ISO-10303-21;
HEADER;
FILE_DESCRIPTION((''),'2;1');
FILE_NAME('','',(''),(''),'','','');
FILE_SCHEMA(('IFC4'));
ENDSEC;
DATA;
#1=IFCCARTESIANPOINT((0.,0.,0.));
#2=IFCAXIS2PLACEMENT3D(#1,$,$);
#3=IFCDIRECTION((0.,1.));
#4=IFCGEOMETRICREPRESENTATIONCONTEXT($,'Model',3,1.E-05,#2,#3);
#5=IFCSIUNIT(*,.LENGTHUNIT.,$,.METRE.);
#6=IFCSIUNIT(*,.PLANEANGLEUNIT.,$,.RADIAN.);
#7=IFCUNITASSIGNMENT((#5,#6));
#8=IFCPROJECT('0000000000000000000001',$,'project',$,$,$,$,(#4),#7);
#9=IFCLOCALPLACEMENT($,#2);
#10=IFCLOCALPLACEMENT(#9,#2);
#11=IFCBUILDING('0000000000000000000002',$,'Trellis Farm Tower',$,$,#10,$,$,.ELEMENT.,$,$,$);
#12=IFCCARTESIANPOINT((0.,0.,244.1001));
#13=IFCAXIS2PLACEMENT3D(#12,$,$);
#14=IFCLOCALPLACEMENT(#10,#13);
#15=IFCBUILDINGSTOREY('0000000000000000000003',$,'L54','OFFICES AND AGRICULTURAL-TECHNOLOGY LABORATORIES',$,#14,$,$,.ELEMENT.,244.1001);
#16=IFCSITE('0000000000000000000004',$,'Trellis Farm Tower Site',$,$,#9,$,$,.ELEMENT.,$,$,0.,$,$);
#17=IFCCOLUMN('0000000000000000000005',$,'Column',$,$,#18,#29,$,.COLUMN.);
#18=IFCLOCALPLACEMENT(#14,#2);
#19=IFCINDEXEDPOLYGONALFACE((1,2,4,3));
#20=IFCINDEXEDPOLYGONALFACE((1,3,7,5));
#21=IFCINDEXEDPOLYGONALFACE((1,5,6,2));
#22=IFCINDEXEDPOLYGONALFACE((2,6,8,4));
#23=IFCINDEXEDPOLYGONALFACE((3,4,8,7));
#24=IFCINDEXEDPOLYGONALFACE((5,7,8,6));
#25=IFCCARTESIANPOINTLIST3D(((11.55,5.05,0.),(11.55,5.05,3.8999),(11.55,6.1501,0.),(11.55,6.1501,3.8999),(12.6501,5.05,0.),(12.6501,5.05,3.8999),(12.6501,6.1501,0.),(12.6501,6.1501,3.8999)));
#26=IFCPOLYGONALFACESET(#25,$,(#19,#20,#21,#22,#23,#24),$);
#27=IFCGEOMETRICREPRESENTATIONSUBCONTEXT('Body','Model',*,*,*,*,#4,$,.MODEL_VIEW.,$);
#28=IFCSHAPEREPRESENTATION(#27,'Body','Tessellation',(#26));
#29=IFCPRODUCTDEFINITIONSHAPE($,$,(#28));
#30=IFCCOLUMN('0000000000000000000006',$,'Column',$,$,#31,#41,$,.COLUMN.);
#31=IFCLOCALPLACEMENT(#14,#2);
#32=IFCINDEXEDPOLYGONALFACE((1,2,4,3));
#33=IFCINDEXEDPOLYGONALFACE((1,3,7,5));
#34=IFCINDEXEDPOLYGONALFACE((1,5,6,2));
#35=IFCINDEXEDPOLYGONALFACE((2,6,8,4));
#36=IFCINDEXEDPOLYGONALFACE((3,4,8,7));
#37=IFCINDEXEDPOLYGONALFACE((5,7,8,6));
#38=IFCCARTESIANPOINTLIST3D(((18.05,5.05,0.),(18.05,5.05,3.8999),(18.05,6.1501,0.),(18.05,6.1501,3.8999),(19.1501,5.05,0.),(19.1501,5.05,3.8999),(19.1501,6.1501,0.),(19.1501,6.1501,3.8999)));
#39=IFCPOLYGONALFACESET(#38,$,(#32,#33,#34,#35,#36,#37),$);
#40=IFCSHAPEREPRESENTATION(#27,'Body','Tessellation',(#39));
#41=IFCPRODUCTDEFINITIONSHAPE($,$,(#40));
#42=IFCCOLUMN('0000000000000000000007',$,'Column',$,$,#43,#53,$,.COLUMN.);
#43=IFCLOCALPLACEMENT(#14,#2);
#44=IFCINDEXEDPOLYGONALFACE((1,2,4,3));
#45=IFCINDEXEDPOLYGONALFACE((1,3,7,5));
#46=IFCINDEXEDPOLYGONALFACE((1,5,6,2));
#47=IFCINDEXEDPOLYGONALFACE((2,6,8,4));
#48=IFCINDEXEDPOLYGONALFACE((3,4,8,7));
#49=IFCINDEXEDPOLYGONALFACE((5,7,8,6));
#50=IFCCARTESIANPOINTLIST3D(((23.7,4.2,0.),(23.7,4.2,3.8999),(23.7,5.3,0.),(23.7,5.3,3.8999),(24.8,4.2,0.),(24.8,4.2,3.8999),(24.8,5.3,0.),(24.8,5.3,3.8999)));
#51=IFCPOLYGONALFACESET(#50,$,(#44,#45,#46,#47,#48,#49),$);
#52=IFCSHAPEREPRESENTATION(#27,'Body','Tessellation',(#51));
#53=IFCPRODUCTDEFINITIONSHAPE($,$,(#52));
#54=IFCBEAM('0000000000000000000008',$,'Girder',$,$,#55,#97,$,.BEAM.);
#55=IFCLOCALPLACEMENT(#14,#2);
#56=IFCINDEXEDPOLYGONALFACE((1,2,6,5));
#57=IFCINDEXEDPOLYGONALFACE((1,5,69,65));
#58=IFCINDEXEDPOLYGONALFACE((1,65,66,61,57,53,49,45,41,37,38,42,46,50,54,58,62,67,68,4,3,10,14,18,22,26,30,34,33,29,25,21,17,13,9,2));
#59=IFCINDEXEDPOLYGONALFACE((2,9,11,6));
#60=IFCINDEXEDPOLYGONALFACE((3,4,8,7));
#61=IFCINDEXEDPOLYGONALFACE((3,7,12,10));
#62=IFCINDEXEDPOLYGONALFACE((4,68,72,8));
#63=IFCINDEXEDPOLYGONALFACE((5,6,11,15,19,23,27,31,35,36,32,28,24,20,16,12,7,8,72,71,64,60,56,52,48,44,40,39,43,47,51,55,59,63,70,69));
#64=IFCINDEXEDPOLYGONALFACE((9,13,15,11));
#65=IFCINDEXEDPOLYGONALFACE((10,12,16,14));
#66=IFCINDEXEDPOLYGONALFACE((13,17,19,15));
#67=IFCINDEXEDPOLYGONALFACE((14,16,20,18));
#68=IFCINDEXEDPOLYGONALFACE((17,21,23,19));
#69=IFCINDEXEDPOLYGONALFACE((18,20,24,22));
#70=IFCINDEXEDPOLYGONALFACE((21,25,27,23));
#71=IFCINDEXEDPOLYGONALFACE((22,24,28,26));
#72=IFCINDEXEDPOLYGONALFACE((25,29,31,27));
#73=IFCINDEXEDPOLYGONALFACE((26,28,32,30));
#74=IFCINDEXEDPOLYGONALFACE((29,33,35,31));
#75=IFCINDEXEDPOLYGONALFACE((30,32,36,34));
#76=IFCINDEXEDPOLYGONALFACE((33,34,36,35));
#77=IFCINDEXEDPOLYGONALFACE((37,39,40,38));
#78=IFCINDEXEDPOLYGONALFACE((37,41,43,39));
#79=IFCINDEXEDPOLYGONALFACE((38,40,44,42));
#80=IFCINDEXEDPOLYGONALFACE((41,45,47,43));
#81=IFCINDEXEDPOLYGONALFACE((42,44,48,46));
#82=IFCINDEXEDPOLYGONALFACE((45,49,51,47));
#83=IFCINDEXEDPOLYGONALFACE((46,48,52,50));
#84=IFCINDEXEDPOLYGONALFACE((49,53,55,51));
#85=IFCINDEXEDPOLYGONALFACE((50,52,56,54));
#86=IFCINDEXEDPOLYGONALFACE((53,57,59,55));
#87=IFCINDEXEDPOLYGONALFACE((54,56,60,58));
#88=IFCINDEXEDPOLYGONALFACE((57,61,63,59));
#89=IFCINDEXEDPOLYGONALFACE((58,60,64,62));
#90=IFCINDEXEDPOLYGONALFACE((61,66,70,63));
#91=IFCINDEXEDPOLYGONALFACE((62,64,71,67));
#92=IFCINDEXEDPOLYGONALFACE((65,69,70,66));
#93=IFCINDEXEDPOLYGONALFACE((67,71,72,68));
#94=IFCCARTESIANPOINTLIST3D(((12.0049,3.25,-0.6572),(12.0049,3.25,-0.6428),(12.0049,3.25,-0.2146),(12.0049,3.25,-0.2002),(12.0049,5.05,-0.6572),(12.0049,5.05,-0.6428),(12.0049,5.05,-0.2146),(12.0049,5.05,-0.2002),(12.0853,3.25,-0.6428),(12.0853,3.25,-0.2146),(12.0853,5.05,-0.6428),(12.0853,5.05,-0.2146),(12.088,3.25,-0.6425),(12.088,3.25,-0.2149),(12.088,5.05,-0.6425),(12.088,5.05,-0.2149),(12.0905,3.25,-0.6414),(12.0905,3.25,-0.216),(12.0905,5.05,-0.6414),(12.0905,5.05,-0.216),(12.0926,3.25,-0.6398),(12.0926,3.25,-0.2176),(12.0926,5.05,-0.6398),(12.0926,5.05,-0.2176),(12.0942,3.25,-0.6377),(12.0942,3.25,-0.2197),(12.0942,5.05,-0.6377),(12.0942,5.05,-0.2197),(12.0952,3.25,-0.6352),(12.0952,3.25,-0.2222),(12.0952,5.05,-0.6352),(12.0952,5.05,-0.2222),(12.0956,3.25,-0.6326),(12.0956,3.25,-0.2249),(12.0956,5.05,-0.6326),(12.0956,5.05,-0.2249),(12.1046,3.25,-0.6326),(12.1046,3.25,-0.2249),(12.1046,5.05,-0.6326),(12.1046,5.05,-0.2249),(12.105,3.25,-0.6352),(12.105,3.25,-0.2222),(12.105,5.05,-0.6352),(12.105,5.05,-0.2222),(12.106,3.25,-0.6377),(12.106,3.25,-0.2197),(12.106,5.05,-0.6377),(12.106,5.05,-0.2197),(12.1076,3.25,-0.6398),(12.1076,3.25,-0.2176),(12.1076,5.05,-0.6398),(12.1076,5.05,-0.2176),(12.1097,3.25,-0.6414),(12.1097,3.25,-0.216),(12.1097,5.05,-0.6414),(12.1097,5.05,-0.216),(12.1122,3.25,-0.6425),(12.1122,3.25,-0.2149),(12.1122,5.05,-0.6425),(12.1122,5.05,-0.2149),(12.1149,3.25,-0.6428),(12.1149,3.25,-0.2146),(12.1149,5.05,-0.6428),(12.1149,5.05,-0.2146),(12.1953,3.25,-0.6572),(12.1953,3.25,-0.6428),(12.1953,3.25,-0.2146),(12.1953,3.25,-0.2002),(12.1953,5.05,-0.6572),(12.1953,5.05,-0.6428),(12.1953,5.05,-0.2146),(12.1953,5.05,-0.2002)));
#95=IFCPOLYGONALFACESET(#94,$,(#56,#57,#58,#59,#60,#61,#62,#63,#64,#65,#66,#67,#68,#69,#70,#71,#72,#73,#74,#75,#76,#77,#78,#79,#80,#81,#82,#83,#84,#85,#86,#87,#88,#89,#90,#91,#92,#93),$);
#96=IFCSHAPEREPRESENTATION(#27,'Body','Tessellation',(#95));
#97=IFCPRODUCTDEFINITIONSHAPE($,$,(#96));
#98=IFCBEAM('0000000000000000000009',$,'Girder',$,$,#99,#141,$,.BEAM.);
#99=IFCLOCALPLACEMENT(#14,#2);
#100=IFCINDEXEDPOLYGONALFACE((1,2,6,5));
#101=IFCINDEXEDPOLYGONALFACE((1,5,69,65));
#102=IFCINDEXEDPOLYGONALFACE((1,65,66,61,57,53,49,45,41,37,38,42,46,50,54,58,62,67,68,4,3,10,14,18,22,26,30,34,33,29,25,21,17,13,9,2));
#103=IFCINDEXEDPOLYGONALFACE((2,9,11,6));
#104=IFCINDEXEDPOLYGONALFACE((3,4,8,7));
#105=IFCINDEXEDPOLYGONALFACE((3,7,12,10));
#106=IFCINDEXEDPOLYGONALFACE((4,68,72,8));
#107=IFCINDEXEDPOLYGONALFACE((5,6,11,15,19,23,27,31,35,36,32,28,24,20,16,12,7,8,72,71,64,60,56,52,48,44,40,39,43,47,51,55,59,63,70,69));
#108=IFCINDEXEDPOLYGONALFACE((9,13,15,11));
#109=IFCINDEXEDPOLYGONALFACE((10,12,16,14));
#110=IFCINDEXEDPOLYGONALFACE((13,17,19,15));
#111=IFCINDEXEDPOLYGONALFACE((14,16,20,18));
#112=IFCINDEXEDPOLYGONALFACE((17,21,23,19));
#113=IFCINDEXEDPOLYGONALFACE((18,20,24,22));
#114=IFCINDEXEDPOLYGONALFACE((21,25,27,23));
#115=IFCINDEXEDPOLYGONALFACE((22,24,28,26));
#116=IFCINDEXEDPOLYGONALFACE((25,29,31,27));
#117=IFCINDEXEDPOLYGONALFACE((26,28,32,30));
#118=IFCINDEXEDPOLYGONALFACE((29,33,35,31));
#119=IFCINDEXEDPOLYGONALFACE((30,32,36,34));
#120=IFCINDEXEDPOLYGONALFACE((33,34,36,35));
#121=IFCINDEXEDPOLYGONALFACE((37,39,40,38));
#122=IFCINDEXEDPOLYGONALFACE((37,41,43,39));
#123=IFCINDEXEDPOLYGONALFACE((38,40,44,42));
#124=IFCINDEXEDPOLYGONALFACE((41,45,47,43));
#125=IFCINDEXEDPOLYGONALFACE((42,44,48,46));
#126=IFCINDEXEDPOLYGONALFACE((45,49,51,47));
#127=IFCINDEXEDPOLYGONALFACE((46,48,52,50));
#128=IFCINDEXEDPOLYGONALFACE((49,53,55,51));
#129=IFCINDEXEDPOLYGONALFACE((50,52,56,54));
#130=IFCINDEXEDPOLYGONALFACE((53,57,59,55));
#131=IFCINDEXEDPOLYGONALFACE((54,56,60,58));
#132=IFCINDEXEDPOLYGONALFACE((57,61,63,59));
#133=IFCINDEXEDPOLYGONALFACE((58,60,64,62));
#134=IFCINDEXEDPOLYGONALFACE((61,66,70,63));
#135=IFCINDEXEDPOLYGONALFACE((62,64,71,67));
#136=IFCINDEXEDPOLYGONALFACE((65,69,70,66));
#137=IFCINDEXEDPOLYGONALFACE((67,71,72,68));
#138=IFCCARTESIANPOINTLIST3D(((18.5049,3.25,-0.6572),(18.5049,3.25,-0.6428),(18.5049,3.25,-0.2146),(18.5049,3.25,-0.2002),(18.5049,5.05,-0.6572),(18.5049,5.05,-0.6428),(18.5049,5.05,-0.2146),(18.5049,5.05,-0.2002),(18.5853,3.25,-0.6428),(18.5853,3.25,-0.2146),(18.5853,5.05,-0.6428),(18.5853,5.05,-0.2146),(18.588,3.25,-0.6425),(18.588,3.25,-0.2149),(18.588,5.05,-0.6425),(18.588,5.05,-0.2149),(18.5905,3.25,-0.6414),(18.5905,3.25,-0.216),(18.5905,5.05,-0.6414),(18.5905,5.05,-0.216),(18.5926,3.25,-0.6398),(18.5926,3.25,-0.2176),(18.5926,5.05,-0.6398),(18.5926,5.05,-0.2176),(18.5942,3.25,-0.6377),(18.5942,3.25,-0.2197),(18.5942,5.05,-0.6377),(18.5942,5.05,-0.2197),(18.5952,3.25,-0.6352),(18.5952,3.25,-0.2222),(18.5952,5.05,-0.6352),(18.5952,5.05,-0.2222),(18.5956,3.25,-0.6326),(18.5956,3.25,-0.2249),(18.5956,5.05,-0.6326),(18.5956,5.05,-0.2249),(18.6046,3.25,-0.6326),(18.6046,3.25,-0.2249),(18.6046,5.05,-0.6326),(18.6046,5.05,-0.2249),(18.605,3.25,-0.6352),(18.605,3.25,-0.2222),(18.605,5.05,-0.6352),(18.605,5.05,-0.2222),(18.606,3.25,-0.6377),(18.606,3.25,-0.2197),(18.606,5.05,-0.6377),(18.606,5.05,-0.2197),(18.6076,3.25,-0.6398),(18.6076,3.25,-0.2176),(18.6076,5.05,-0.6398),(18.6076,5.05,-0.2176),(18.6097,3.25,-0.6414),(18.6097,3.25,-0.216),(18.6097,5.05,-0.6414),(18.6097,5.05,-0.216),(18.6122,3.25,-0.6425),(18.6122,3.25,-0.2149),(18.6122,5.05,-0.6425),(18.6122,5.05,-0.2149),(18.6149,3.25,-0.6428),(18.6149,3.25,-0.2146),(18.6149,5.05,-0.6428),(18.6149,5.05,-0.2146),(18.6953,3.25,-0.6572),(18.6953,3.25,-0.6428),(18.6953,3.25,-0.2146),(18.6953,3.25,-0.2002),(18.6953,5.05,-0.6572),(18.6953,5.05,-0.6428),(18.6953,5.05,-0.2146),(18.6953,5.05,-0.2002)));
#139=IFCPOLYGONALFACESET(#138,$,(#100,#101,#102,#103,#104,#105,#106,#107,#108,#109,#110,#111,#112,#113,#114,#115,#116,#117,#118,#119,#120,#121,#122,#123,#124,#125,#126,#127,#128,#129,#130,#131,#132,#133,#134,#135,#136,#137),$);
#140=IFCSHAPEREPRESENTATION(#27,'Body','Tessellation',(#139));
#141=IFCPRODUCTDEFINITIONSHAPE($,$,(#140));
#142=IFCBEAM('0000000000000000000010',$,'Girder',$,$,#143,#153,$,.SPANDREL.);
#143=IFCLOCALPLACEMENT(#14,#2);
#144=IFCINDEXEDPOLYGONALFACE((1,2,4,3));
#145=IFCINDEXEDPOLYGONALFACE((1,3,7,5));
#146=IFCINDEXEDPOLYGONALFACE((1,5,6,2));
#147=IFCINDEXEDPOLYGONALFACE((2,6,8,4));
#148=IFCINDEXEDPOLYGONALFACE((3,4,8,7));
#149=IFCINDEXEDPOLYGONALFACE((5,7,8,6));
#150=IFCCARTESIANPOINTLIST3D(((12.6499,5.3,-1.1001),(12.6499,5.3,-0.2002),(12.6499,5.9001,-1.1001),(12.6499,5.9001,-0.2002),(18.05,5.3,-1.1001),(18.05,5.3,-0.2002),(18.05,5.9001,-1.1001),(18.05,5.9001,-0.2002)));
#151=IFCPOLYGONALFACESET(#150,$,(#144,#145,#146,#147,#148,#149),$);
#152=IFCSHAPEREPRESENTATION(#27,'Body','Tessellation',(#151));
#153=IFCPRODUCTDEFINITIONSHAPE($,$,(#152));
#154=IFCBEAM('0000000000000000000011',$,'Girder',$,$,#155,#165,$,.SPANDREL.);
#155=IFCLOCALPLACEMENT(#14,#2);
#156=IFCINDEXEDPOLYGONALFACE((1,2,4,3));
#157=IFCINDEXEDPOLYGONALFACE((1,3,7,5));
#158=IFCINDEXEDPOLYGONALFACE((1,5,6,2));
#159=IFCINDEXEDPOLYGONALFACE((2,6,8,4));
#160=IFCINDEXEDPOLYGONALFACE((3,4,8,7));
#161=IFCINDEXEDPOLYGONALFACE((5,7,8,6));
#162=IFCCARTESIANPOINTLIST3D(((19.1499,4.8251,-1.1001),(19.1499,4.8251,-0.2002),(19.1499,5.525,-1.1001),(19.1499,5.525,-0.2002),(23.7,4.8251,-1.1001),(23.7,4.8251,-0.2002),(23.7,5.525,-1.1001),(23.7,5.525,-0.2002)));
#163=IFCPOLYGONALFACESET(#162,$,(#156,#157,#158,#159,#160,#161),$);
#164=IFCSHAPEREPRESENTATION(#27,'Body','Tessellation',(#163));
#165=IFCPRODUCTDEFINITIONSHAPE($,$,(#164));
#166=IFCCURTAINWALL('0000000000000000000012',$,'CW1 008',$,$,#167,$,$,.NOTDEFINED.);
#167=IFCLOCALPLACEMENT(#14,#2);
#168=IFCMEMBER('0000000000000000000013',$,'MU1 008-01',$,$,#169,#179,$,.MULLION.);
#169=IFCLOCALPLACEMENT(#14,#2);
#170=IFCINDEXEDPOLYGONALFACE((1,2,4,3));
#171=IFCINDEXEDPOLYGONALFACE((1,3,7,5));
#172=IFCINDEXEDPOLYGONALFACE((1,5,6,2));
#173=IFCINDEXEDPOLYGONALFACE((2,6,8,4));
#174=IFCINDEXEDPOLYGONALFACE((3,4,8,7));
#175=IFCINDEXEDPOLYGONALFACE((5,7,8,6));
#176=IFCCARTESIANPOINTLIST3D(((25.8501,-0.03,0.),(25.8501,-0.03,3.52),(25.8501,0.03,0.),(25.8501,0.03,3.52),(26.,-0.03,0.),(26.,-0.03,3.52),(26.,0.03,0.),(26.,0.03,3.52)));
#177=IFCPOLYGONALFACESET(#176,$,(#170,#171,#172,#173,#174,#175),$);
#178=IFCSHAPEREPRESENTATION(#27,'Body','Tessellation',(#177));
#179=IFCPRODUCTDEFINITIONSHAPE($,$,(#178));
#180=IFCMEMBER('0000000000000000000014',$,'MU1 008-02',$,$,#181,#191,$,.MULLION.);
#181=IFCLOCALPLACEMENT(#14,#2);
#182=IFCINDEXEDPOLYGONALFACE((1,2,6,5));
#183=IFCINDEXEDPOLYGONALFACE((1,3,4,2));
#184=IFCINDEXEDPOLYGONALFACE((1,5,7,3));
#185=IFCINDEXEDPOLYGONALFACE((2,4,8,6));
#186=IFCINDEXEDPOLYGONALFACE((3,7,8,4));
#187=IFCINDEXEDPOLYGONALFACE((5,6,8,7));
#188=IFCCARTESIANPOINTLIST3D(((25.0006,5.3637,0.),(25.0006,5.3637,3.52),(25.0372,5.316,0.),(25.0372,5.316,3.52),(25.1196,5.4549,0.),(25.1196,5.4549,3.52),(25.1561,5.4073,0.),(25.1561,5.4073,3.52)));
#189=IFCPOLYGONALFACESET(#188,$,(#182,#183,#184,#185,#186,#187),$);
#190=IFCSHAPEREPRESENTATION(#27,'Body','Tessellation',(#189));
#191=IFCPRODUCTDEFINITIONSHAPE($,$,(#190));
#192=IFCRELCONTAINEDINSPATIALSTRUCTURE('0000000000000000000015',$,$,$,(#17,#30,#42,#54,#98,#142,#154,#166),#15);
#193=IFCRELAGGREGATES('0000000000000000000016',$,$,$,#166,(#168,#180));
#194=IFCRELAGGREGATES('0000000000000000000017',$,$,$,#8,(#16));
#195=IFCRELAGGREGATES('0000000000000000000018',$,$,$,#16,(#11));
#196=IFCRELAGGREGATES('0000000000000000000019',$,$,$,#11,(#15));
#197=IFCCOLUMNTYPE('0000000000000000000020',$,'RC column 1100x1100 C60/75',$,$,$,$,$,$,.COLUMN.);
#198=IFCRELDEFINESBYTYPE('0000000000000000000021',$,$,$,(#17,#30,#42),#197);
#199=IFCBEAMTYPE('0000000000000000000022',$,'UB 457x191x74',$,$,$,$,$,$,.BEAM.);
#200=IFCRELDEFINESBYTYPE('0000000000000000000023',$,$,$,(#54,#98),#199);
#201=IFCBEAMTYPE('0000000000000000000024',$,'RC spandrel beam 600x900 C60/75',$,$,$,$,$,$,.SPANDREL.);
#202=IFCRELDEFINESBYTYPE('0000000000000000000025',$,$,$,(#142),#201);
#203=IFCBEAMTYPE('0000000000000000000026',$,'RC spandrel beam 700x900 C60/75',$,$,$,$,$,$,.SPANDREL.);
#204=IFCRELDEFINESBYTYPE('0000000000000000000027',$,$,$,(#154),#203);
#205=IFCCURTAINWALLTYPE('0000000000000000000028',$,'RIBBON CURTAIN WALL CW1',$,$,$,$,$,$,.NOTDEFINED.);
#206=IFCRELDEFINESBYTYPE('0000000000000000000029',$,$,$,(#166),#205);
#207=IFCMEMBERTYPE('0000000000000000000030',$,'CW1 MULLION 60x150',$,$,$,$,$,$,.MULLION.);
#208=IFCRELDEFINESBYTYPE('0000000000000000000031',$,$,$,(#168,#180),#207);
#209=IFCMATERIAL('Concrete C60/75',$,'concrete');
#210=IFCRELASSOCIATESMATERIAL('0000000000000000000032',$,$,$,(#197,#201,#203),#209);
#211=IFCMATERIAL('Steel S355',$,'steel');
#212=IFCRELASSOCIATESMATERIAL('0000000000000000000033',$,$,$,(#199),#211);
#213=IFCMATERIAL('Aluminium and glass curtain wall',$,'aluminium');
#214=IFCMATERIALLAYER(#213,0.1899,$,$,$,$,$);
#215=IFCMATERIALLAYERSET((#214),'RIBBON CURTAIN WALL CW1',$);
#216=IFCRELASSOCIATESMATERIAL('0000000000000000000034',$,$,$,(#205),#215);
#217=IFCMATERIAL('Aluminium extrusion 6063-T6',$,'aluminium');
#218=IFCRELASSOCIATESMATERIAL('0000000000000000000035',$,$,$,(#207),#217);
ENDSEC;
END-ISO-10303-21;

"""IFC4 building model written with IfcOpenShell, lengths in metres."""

from ifc_helpers import new_model, si_unit, direction, frame, origin, origin_2d, place, context, subcontext, project, spatial, rectangle, i_section, extrude, source, transform, mapped, material, layer, layer_set, material_profile, profile_set, type_object, element, aggregate, save


model = new_model("IFC4")

# Units and contexts
model_context = context("Model", 3, precision=1e-05, world=origin(), true_north=direction((0.0, 1.0)))
body_context = subcontext(model_context, "Body", "Model", "MODEL_VIEW")
ifc_project = project(units=[si_unit("LENGTHUNIT", "METRE"), si_unit("PLANEANGLEUNIT", "RADIAN")], contexts=[model_context])

# Site, building, storey
site_placement = place(None, origin())
site = spatial("IfcSite", under=ifc_project, at=site_placement, Name="Trellis Farm Tower Site", CompositionType="ELEMENT", RefElevation=0.0)
building_placement = place(site_placement, origin())
building = spatial("IfcBuilding", under=site, at=building_placement, Name="Trellis Farm Tower", CompositionType="ELEMENT")
storey_placement = place(building_placement, frame((0.0, 0.0, 244.1001)))
storey = spatial("IfcBuildingStorey", under=building, at=storey_placement, Name="L54", Description="OFFICES AND AGRICULTURAL-TECHNOLOGY LABORATORIES", CompositionType="ELEMENT", Elevation=244.1001)

# Columns
ifc_material_1 = material(Name="Concrete C60/75", Category="concrete")
ifc_material_profile_1 = material_profile(ifc_material_1, rectangle(XDim=1.1001, YDim=1.1001, at=origin_2d()), Name="RC column 1100x1100 C60/75")
ifc_profile_set_1 = profile_set([ifc_material_profile_1], Name="Concrete C60/75")
column_type = type_object("IfcColumnType", Name="RC column 1100x1100 C60/75", PredefinedType="COLUMN", material=ifc_profile_set_1)
shared_shape_1 = source(origin(), body_context, "Body", "SweptSolid", [
    extrude(rectangle(XDim=1.1001, YDim=1.1001, at=origin_2d()), origin(), (0.0, 0.0, 1.0), 3.8999),
])
for number, where, z_axis, x_axis, name in (
    (1, (12.1001, 5.6001, 0.0), (0.0, 0.0, 1.0), (1.0, 0.0, 0.0), "Column"),
    (2, (18.6001, 5.6001, 0.0), (0.0, 0.0, 1.0), (1.0, 0.0, 0.0), "Column"),
    (3, (24.25, 4.75, 0.0), (0.0, 0.0, 1.0), (1.0, 0.0, 0.0), "Column"),
):
    element("IfcColumn", number, at=place(storey_placement, frame(where, z_axis=z_axis, x_axis=x_axis)), inside=storey, type_object=column_type, Name=name, PredefinedType="COLUMN", context=body_context, shape_type="MappedRepresentation", body=[
        mapped(shared_shape_1, transform((0.0, 0.0, 0.0))),
    ])

# Beams
ifc_material_2 = material(Name="Steel S355", Category="steel")
ifc_material_profile_2 = material_profile(ifc_material_2, i_section(OverallWidth=0.1904, OverallDepth=0.457, WebThickness=0.009, FlangeThickness=0.0144, FilletRadius=0.0103, at=origin_2d()), Name="UB 457x191x74")
ifc_profile_set_2 = profile_set([ifc_material_profile_2], Name="Steel S355")
beam_type_1 = type_object("IfcBeamType", Name="UB 457x191x74", PredefinedType="BEAM", material=ifc_profile_set_2)
shared_shape_2 = source(origin(), body_context, "Body", "SweptSolid", [
    extrude(i_section(OverallWidth=0.1904, OverallDepth=0.457, WebThickness=0.009, FlangeThickness=0.0144, FilletRadius=0.0103, at=origin_2d()), origin(), (0.0, 0.0, 1.0), 1.8),
])
for number, where, z_axis, x_axis, name in (
    (4, (12.1001, 3.25, -0.4287), (0.0, 1.0, 0.0), (-1.0, 0.0, 0.0), "Girder"),
    (5, (18.6001, 3.25, -0.4287), (0.0, 1.0, 0.0), (-1.0, 0.0, 0.0), "Girder"),
):
    element("IfcBeam", number, at=place(storey_placement, frame(where, z_axis=z_axis, x_axis=x_axis)), inside=storey, type_object=beam_type_1, Name=name, PredefinedType="BEAM", context=body_context, shape_type="MappedRepresentation", body=[
        mapped(shared_shape_2, transform((0.0, 0.0, 0.0))),
    ])
ifc_material_profile_3 = material_profile(ifc_material_1, rectangle(XDim=0.6001, YDim=0.8999, at=origin_2d()), Name="RC spandrel beam 600x900 C60/75")
ifc_profile_set_3 = profile_set([ifc_material_profile_3], Name="Concrete C60/75")
beam_type_2 = type_object("IfcBeamType", Name="RC spandrel beam 600x900 C60/75", PredefinedType="SPANDREL", material=ifc_profile_set_3)
shared_shape_3 = source(origin(), body_context, "Body", "SweptSolid", [
    extrude(rectangle(XDim=0.6001, YDim=0.8999, at=origin_2d()), origin(), (0.0, 0.0, 1.0), 5.4001),
])
beam_1_placement = place(storey_placement, frame((12.6499, 5.6001, -0.6501), z_axis=(1.0, 0.0, 0.0), x_axis=(0.0, 1.0, 0.0)))
element("IfcBeam", 6, at=beam_1_placement, inside=storey, type_object=beam_type_2, Name="Girder", PredefinedType="SPANDREL", context=body_context, shape_type="MappedRepresentation", body=[
    mapped(shared_shape_3, transform((0.0, 0.0, 0.0))),
])
ifc_material_profile_4 = material_profile(ifc_material_1, rectangle(XDim=0.7, YDim=0.8999, at=origin_2d()), Name="RC spandrel beam 700x900 C60/75")
ifc_profile_set_4 = profile_set([ifc_material_profile_4], Name="Concrete C60/75")
beam_type_3 = type_object("IfcBeamType", Name="RC spandrel beam 700x900 C60/75", PredefinedType="SPANDREL", material=ifc_profile_set_4)
shared_shape_4 = source(origin(), body_context, "Body", "SweptSolid", [
    extrude(rectangle(XDim=0.7, YDim=0.8999, at=origin_2d()), origin(), (0.0, 0.0, 1.0), 4.55),
])
beam_2_placement = place(storey_placement, frame((19.1499, 5.175, -0.6501), z_axis=(1.0, 0.0, 0.0), x_axis=(0.0, 1.0, 0.0)))
element("IfcBeam", 7, at=beam_2_placement, inside=storey, type_object=beam_type_3, Name="Girder", PredefinedType="SPANDREL", context=body_context, shape_type="MappedRepresentation", body=[
    mapped(shared_shape_4, transform((0.0, 0.0, 0.0))),
])

# Curtain wall, members
ifc_material_3 = material(Name="Aluminium and glass curtain wall", Category="aluminium")
ifc_layer_1 = layer(ifc_material_3, 0.1899)
ifc_layer_set_1 = layer_set([ifc_layer_1], Name="RIBBON CURTAIN WALL CW1")
curtain_wall_type = type_object("IfcCurtainWallType", Name="RIBBON CURTAIN WALL CW1", PredefinedType="NOTDEFINED", material=ifc_layer_set_1)
placement = place(storey_placement, origin())
curtain_wall_1 = element("IfcCurtainWall", 8, at=placement, inside=storey, type_object=curtain_wall_type, Name="CW1 008", PredefinedType="NOTDEFINED")
ifc_material_4 = material(Name="Aluminium extrusion 6063-T6", Category="aluminium")
ifc_material_profile_5 = material_profile(ifc_material_4, rectangle(XDim=0.0601, YDim=0.1499, at=origin_2d()), Name="MULLION 60x150")
ifc_profile_set_5 = profile_set([ifc_material_profile_5], Name="Aluminium extrusion 6063-T6")
member_type = type_object("IfcMemberType", Name="CW1 MULLION 60x150", PredefinedType="MULLION", material=ifc_profile_set_5)
shared_shape_5 = source(origin(), body_context, "Body", "SweptSolid", [
    extrude(rectangle(XDim=0.0601, YDim=0.1499, at=origin_2d()), origin(), (0.0, 0.0, 1.0), 3.52),
])
member_1_placement = place(storey_placement, frame((25.925, 0.0, 0.0), z_axis=(0.0, 0.0, 1.0), x_axis=(0.0, 1.0, 0.0)))
member_1 = element("IfcMember", 9, at=member_1_placement, type_object=member_type, Name="MU1 008-01", PredefinedType="MULLION", context=body_context, shape_type="MappedRepresentation", body=[
    mapped(shared_shape_5, transform((0.0, 0.0, 0.0))),
])
member_2_placement = place(storey_placement, frame((25.0784, 5.3855, 0.0), z_axis=(0.0, 0.0, 1.0), x_axis=(-0.608761, 0.793353, 0.0)))
member_2 = element("IfcMember", 10, at=member_2_placement, type_object=member_type, Name="MU1 008-02", PredefinedType="MULLION", context=body_context, shape_type="MappedRepresentation", body=[
    mapped(shared_shape_5, transform((0.0, 0.0, 0.0))),
])
aggregate(curtain_wall_1, [member_1, member_2])

save(model, "model.ifc")
